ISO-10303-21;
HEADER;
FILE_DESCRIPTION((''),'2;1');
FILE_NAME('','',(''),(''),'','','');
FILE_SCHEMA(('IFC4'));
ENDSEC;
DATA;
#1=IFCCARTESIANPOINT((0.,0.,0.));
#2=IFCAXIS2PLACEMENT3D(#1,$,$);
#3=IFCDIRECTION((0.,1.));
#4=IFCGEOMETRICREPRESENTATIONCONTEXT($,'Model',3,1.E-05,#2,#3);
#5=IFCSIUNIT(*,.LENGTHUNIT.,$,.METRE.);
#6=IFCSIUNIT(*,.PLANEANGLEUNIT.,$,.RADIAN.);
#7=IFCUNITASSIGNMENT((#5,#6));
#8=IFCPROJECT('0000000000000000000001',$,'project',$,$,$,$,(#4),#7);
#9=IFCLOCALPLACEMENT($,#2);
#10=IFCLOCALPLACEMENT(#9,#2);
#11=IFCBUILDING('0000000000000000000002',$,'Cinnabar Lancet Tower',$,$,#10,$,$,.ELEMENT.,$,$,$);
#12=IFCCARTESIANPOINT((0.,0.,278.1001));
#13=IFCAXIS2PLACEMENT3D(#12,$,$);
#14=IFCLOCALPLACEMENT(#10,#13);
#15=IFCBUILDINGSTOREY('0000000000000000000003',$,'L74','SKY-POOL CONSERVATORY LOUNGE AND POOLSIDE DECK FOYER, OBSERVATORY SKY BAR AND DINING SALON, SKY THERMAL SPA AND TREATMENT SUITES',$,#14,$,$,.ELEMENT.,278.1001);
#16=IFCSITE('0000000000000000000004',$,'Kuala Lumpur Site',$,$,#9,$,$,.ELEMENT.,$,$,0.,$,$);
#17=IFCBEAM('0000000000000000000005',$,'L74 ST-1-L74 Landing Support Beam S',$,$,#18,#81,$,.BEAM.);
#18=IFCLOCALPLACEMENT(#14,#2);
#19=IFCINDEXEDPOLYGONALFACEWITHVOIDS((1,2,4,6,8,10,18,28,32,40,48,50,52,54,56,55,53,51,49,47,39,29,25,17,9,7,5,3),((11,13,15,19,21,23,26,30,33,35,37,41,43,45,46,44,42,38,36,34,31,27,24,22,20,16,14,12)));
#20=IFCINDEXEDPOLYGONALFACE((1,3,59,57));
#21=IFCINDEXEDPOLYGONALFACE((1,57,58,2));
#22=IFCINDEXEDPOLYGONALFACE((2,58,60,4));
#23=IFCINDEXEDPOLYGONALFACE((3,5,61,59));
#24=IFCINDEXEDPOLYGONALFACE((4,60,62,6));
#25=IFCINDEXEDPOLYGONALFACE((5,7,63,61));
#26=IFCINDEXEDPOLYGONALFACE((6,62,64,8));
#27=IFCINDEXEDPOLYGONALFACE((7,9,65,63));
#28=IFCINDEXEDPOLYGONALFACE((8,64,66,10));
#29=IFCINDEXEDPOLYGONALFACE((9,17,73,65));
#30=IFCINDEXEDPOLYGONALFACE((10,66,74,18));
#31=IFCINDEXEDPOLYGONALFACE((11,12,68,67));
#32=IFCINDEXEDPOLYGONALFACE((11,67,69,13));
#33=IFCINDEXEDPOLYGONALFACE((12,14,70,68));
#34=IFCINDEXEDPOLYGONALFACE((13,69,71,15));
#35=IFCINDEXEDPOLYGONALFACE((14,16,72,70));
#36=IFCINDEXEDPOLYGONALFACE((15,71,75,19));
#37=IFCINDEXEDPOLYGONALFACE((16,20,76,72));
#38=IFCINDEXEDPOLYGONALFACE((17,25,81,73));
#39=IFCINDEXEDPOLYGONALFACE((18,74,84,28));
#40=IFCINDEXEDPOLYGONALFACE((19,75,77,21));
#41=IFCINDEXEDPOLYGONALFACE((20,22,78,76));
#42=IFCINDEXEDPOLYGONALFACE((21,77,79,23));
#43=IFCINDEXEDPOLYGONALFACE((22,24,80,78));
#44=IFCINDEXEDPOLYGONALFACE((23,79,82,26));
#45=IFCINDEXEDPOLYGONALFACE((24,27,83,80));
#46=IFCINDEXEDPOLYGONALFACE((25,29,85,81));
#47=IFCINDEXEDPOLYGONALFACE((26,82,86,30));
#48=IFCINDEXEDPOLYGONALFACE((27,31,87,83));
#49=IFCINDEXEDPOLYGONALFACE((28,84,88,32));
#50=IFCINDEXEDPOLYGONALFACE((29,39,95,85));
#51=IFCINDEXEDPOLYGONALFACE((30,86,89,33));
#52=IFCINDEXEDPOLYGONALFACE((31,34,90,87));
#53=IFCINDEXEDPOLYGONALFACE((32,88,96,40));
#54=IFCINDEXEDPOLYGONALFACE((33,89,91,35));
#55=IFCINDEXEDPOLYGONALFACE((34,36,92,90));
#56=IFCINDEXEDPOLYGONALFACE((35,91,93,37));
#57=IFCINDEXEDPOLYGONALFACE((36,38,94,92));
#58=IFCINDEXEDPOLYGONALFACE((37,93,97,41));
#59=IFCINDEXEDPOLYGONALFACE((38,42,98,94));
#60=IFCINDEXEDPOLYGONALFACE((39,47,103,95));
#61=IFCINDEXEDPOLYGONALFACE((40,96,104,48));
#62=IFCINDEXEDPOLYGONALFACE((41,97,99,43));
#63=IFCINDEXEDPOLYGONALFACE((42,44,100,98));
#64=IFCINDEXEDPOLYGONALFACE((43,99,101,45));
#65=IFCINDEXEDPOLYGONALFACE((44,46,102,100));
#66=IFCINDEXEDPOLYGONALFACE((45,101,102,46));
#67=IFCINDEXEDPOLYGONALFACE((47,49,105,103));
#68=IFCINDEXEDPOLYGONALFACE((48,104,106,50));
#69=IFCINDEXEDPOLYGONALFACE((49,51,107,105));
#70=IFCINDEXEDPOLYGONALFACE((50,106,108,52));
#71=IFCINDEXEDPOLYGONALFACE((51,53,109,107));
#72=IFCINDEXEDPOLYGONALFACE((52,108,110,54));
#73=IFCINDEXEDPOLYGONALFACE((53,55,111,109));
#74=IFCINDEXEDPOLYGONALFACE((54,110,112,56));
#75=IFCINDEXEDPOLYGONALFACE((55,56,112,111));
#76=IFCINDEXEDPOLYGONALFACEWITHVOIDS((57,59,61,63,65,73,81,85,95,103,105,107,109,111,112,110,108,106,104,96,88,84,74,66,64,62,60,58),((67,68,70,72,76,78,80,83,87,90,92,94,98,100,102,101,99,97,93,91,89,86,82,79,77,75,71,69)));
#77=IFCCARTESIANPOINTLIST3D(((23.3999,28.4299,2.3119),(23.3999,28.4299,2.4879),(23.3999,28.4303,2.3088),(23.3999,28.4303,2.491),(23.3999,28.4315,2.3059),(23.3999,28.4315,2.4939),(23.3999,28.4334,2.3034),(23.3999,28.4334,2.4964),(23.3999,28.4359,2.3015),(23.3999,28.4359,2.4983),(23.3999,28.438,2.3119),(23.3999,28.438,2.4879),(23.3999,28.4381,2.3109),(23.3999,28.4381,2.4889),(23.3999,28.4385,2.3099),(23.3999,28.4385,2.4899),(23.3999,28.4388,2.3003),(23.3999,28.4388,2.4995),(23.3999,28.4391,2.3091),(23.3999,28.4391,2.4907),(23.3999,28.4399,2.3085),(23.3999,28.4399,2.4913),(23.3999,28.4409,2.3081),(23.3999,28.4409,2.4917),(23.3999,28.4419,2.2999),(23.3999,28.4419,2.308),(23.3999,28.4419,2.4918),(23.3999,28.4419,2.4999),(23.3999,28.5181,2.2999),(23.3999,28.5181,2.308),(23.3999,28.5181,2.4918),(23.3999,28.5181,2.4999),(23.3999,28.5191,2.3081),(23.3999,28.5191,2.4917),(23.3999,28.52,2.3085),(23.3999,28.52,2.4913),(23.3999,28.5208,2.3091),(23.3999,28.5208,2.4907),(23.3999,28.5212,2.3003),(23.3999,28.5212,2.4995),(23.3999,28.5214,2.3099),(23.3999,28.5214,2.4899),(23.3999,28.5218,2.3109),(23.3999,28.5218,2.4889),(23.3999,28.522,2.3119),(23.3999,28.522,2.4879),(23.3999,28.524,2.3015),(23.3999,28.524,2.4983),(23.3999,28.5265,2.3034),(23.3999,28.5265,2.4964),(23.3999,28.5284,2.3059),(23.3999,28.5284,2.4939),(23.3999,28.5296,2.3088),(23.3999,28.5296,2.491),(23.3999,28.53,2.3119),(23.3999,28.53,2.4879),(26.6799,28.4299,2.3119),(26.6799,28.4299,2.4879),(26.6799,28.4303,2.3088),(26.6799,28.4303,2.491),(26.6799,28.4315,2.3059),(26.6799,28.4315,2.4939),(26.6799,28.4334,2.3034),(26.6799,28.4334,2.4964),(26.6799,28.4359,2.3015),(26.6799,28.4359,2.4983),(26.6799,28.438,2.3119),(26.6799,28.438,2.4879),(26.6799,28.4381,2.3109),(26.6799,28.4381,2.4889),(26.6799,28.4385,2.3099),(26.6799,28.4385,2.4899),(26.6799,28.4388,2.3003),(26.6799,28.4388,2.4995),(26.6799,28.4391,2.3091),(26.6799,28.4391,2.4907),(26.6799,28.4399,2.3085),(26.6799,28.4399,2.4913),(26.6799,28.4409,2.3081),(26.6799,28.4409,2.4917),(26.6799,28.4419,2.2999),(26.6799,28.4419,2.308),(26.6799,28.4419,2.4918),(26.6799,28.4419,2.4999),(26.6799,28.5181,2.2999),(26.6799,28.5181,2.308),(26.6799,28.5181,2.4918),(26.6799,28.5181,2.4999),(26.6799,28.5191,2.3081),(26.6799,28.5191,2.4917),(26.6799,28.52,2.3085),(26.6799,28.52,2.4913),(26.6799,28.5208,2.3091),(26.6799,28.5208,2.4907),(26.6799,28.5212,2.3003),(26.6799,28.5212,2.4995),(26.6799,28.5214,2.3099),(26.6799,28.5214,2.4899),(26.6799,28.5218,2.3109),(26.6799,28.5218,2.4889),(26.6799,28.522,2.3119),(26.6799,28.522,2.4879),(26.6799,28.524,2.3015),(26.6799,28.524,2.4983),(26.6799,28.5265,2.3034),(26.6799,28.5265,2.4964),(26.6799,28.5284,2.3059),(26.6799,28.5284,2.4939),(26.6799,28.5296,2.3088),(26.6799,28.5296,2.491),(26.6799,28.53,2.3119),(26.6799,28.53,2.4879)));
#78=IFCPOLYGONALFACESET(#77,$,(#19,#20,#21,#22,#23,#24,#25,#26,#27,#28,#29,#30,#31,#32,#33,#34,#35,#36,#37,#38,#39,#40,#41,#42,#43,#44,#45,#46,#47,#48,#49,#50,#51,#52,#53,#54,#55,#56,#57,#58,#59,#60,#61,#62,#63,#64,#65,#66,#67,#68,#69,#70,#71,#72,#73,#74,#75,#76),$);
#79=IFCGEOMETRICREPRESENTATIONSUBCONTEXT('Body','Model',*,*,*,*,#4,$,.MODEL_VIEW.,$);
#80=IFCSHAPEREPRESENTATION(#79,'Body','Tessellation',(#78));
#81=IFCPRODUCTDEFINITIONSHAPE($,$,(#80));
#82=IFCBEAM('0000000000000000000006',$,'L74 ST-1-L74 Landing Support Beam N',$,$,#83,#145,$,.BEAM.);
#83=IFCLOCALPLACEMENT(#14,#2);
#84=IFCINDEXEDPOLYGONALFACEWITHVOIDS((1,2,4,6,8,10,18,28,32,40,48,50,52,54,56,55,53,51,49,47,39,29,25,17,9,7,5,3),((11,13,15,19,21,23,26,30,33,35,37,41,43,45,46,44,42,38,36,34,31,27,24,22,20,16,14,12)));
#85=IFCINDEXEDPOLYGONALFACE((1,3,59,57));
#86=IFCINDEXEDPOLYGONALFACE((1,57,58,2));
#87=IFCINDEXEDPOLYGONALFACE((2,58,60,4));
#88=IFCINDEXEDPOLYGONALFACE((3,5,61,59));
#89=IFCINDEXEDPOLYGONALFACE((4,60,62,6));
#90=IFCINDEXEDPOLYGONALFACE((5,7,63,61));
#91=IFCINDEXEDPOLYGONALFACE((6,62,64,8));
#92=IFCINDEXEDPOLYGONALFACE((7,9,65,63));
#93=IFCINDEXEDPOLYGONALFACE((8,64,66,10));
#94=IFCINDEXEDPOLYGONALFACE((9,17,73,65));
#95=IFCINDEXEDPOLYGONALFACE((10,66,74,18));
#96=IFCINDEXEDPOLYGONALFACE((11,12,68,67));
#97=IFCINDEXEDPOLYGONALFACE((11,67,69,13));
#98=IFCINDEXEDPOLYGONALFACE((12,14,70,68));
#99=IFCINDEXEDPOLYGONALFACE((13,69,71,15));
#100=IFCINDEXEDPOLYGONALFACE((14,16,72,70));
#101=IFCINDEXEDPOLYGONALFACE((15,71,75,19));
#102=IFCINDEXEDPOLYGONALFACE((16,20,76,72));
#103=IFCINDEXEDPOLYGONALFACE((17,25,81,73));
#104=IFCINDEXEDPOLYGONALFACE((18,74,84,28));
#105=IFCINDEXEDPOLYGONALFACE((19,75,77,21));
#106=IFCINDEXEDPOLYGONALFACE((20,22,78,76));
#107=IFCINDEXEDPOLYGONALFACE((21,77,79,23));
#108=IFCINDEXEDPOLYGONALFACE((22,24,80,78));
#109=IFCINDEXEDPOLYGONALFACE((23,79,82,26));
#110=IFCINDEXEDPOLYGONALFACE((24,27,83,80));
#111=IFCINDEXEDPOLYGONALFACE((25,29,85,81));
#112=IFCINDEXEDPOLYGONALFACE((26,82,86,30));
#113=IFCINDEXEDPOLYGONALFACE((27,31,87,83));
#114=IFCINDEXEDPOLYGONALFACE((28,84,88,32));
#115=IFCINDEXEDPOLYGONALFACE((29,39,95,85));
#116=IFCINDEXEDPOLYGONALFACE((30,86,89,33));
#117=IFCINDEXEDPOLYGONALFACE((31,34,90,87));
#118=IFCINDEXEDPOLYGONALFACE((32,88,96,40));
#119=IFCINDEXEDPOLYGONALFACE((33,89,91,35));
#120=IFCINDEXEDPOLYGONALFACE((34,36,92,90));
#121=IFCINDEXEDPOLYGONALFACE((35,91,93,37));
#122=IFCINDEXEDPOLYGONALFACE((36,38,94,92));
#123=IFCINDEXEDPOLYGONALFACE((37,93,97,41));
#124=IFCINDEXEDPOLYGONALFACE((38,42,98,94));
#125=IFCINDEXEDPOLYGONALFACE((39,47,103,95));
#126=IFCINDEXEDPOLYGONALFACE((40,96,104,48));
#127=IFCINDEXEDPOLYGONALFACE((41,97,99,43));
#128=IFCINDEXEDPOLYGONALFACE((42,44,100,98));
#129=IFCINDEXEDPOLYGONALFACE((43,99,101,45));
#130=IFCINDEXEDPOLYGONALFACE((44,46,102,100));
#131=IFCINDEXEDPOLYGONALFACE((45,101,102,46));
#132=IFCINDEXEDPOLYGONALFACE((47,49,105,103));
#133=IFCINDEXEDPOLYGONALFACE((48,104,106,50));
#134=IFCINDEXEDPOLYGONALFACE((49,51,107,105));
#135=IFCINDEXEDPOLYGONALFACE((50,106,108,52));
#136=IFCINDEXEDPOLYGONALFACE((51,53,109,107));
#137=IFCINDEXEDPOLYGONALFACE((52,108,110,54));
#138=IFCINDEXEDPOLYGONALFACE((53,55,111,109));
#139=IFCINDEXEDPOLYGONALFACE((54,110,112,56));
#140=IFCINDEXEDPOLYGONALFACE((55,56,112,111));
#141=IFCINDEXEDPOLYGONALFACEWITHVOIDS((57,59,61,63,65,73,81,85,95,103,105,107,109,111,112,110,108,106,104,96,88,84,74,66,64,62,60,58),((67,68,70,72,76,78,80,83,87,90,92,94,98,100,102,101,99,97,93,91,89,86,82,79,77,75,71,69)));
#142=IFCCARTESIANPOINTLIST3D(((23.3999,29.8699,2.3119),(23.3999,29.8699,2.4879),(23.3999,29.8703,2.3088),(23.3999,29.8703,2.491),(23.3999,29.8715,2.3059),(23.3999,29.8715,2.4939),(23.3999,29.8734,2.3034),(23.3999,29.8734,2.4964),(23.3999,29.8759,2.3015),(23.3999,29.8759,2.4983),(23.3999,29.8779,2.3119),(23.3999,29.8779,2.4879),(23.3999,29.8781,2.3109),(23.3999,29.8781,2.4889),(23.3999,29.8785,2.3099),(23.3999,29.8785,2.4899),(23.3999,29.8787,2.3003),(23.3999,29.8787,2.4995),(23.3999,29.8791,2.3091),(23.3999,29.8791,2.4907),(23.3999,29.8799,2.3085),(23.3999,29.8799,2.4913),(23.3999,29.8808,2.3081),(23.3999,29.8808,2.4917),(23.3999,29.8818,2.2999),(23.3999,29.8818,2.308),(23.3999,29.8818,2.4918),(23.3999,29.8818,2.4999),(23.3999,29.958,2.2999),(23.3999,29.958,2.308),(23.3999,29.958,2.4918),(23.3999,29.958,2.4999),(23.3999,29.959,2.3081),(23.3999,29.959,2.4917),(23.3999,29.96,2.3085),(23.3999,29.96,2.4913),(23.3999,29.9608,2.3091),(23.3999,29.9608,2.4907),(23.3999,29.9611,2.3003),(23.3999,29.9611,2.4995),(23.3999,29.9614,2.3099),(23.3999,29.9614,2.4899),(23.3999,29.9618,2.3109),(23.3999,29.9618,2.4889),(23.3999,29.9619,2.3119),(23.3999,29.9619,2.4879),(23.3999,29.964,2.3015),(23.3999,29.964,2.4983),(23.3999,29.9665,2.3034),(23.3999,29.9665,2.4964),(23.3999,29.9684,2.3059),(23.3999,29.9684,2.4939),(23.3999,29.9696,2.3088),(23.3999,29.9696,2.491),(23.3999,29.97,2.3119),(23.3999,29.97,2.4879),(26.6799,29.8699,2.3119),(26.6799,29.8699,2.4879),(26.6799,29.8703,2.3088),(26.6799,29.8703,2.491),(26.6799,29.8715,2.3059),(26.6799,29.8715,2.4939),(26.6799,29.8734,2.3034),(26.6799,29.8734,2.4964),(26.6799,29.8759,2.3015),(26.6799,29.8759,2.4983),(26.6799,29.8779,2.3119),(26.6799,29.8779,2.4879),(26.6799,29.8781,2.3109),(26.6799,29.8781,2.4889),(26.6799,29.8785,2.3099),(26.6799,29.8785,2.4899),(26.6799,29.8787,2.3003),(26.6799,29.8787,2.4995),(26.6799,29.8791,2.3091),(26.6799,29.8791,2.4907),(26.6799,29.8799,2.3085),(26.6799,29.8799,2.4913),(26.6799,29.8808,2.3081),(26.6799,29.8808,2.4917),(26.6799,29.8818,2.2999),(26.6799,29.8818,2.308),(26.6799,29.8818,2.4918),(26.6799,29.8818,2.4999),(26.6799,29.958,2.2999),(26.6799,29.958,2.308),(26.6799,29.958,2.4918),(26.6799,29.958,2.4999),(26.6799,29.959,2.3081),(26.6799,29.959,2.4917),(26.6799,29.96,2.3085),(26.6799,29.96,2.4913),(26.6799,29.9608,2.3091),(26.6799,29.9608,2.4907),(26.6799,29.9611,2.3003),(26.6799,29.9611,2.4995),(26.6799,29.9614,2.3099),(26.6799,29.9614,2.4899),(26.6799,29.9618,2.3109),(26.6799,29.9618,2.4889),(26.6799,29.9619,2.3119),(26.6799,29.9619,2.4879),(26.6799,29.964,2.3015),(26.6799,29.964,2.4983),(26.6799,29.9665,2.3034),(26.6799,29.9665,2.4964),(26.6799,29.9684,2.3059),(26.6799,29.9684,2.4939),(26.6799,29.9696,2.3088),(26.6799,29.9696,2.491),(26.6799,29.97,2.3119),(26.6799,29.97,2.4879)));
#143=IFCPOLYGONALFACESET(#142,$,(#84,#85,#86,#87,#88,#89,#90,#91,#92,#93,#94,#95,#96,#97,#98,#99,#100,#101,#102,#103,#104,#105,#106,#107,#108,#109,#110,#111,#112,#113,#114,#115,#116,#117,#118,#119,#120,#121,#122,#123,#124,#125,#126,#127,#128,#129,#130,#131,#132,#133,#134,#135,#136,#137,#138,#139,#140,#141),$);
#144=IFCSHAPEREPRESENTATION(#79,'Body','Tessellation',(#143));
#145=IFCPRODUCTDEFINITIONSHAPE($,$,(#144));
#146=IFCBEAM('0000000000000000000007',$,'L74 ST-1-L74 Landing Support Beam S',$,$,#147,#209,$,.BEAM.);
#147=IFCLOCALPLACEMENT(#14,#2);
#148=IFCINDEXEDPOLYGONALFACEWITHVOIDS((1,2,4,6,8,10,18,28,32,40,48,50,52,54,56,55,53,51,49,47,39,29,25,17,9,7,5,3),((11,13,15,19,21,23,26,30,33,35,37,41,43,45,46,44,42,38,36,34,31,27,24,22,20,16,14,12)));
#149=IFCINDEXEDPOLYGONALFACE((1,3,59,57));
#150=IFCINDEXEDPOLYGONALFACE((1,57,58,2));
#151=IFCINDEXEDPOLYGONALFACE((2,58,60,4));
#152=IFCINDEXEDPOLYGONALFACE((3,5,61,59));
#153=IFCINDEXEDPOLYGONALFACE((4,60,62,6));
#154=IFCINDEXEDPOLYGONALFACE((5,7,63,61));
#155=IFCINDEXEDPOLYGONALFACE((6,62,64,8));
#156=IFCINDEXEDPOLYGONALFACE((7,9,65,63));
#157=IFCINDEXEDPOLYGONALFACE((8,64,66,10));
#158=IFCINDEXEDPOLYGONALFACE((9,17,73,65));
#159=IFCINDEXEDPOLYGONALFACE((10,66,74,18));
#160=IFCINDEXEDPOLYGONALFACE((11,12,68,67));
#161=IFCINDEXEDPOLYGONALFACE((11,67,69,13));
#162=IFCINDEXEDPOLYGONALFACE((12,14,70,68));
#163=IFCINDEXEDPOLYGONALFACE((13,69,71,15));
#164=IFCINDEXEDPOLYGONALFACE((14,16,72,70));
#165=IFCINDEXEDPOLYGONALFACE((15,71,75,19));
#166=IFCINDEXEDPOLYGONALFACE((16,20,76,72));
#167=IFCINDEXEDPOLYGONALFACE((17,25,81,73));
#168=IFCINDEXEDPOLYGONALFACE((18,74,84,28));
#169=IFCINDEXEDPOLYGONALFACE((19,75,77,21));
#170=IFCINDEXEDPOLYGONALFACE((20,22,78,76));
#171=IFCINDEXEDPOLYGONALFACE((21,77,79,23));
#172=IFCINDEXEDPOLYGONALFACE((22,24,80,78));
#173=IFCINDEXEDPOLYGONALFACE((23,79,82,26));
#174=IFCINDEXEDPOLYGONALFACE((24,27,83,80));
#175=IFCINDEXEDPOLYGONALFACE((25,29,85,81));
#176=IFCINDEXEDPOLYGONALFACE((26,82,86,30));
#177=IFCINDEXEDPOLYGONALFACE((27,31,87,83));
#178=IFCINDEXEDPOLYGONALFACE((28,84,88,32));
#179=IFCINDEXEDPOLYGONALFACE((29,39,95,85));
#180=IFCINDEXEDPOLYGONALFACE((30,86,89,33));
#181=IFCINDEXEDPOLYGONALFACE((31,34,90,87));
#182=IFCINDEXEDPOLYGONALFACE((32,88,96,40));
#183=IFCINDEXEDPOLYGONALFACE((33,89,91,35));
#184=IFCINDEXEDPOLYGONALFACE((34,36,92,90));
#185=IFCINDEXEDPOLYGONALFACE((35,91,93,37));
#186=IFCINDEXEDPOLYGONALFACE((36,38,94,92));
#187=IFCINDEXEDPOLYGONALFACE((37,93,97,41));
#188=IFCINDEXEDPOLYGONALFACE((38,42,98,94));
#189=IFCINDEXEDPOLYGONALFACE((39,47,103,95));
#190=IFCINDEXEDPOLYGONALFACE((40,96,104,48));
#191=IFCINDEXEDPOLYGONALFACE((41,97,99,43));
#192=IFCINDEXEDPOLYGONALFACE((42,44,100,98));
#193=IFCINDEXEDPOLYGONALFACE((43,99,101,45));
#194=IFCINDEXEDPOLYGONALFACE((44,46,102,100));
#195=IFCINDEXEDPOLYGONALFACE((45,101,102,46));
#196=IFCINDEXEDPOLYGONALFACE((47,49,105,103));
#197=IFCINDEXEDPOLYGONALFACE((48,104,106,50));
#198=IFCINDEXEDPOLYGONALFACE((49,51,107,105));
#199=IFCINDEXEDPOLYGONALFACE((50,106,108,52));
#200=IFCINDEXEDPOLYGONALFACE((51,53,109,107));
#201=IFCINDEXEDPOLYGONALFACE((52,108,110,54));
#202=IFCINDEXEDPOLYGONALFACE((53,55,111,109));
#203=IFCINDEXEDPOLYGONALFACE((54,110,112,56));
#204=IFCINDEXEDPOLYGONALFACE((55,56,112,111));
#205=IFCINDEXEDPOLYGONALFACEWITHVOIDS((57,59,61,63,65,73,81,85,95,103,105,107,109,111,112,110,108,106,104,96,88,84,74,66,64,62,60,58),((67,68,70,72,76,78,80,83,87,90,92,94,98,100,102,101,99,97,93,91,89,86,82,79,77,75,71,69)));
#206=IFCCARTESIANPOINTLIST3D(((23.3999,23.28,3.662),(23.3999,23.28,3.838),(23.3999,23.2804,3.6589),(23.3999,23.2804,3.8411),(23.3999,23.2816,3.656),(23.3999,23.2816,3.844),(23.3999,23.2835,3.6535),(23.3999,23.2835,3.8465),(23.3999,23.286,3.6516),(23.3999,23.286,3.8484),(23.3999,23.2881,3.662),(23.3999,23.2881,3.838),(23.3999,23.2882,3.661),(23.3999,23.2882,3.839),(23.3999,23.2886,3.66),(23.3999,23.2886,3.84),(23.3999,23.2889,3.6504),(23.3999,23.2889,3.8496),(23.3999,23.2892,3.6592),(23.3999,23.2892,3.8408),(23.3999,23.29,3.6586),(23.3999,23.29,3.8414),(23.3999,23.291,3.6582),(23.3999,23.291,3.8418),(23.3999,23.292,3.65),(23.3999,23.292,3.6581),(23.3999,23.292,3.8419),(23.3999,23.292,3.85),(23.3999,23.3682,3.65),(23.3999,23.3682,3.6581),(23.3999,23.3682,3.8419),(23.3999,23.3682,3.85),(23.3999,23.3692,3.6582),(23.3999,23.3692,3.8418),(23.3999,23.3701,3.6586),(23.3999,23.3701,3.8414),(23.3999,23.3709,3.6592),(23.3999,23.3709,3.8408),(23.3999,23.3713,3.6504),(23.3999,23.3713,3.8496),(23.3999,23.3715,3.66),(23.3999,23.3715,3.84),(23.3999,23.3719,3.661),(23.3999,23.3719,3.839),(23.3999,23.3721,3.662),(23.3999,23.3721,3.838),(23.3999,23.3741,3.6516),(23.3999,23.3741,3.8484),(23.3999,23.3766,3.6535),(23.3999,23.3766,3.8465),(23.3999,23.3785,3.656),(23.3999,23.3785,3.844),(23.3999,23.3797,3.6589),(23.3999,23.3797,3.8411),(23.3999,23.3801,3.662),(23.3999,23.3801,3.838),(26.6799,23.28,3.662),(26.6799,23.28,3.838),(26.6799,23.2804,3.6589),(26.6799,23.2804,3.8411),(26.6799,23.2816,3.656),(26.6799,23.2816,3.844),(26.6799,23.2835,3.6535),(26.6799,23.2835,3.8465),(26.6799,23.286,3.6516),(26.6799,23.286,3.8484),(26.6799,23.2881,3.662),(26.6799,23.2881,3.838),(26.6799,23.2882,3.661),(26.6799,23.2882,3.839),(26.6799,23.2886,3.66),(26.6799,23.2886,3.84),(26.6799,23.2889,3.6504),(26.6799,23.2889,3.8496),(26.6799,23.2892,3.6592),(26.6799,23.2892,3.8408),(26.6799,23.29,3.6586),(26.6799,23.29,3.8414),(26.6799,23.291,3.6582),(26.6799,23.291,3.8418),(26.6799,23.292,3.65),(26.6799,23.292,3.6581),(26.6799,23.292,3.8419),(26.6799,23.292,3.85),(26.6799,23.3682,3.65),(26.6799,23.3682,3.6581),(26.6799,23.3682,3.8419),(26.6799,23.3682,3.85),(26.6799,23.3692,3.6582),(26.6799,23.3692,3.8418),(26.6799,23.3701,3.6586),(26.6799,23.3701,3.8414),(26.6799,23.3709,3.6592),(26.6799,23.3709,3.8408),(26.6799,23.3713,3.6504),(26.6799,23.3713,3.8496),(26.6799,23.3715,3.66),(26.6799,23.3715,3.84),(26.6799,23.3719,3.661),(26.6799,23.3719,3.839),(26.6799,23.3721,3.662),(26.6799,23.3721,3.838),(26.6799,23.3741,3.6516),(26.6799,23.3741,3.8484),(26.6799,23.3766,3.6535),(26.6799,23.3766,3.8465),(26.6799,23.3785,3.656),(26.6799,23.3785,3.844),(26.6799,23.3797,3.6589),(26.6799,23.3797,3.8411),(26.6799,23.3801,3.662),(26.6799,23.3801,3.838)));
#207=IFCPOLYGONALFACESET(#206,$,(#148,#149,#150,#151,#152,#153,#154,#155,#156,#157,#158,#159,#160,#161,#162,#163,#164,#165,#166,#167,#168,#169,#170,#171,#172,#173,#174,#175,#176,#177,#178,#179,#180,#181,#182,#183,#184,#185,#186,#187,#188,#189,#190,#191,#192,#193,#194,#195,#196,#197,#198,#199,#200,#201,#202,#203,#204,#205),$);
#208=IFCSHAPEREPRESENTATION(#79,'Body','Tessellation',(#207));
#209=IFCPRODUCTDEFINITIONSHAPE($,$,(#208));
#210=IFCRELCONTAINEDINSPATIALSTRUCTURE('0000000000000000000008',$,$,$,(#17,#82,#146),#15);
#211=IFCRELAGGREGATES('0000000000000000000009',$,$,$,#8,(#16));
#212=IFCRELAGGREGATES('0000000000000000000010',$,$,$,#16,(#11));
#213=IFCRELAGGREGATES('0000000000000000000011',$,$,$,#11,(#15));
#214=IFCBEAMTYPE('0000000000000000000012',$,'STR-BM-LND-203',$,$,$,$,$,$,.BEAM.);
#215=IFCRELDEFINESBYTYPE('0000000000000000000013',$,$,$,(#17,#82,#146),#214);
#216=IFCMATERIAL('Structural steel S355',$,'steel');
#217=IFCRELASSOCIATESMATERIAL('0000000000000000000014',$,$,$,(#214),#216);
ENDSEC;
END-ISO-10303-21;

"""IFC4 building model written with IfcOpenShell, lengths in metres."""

from ifc_helpers import new_model, si_unit, direction, frame, origin, origin_2d, place, context, subcontext, project, spatial, hollow_rectangle, extrude, material, material_profile, profile_set, type_object, element, save


model = new_model("IFC4")

# Units and contexts
model_context = context("Model", 3, precision=1e-05, world=origin(), true_north=direction((0.0, 1.0)))
body_context = subcontext(model_context, "Body", "Model", "MODEL_VIEW")
ifc_project = project(units=[si_unit("LENGTHUNIT", "METRE"), si_unit("PLANEANGLEUNIT", "RADIAN")], contexts=[model_context])

# Site, building, storey
site_placement = place(None, origin())
site = spatial("IfcSite", under=ifc_project, at=site_placement, Name="Kuala Lumpur Site", CompositionType="ELEMENT", RefElevation=0.0)
building_placement = place(site_placement, origin())
building = spatial("IfcBuilding", under=site, at=building_placement, Name="Cinnabar Lancet Tower", CompositionType="ELEMENT")
storey_placement = place(building_placement, frame((0.0, 0.0, 278.1001)))
storey = spatial("IfcBuildingStorey", under=building, at=storey_placement, Name="L74", Description="SKY-POOL CONSERVATORY LOUNGE AND POOLSIDE DECK FOYER, OBSERVATORY SKY BAR AND DINING SALON, SKY THERMAL SPA AND TREATMENT SUITES", CompositionType="ELEMENT", Elevation=278.1001)

# Beams
ifc_material_1 = material(Name="Structural steel S355", Category="steel")
ifc_material_profile_1 = material_profile(ifc_material_1, hollow_rectangle(XDim=0.1001, YDim=0.2, WallThickness=0.0081, InnerFilletRadius=0.0039, OuterFilletRadius=0.012, at=origin_2d()), Name="RHS 200x100x8")
ifc_profile_set_1 = profile_set([ifc_material_profile_1], Name="Structural steel S355")
beam_type_1 = type_object("IfcBeamType", Name="STR-BM-LND-203", PredefinedType="BEAM", material=ifc_profile_set_1)
for number, where, z_axis, x_axis, name in (
    (1, (23.3999, 28.48, 2.3999), (1.0, 0.0, 0.0), (0.0, 1.0, 0.0), "L74 ST-1-L74 Landing Support Beam S"),
    (2, (23.3999, 29.9199, 2.3999), (1.0, 0.0, 0.0), (0.0, 1.0, 0.0), "L74 ST-1-L74 Landing Support Beam N"),
    (3, (23.3999, 23.3301, 3.75), (1.0, 0.0, 0.0), (0.0, 1.0, 0.0), "L74 ST-1-L74 Landing Support Beam S"),
):
    element("IfcBeam", number, at=place(storey_placement, frame(where, z_axis=z_axis, x_axis=x_axis)), inside=storey, type_object=beam_type_1, Name=name, PredefinedType="BEAM", context=body_context, shape_type="SweptSolid", body=[
        extrude(hollow_rectangle(XDim=0.1001, YDim=0.2, WallThickness=0.0081, InnerFilletRadius=0.0039, OuterFilletRadius=0.012, at=origin_2d()), origin(), (0.0, 0.0, 1.0), 3.28),
    ])

save(model, "model.ifc")
